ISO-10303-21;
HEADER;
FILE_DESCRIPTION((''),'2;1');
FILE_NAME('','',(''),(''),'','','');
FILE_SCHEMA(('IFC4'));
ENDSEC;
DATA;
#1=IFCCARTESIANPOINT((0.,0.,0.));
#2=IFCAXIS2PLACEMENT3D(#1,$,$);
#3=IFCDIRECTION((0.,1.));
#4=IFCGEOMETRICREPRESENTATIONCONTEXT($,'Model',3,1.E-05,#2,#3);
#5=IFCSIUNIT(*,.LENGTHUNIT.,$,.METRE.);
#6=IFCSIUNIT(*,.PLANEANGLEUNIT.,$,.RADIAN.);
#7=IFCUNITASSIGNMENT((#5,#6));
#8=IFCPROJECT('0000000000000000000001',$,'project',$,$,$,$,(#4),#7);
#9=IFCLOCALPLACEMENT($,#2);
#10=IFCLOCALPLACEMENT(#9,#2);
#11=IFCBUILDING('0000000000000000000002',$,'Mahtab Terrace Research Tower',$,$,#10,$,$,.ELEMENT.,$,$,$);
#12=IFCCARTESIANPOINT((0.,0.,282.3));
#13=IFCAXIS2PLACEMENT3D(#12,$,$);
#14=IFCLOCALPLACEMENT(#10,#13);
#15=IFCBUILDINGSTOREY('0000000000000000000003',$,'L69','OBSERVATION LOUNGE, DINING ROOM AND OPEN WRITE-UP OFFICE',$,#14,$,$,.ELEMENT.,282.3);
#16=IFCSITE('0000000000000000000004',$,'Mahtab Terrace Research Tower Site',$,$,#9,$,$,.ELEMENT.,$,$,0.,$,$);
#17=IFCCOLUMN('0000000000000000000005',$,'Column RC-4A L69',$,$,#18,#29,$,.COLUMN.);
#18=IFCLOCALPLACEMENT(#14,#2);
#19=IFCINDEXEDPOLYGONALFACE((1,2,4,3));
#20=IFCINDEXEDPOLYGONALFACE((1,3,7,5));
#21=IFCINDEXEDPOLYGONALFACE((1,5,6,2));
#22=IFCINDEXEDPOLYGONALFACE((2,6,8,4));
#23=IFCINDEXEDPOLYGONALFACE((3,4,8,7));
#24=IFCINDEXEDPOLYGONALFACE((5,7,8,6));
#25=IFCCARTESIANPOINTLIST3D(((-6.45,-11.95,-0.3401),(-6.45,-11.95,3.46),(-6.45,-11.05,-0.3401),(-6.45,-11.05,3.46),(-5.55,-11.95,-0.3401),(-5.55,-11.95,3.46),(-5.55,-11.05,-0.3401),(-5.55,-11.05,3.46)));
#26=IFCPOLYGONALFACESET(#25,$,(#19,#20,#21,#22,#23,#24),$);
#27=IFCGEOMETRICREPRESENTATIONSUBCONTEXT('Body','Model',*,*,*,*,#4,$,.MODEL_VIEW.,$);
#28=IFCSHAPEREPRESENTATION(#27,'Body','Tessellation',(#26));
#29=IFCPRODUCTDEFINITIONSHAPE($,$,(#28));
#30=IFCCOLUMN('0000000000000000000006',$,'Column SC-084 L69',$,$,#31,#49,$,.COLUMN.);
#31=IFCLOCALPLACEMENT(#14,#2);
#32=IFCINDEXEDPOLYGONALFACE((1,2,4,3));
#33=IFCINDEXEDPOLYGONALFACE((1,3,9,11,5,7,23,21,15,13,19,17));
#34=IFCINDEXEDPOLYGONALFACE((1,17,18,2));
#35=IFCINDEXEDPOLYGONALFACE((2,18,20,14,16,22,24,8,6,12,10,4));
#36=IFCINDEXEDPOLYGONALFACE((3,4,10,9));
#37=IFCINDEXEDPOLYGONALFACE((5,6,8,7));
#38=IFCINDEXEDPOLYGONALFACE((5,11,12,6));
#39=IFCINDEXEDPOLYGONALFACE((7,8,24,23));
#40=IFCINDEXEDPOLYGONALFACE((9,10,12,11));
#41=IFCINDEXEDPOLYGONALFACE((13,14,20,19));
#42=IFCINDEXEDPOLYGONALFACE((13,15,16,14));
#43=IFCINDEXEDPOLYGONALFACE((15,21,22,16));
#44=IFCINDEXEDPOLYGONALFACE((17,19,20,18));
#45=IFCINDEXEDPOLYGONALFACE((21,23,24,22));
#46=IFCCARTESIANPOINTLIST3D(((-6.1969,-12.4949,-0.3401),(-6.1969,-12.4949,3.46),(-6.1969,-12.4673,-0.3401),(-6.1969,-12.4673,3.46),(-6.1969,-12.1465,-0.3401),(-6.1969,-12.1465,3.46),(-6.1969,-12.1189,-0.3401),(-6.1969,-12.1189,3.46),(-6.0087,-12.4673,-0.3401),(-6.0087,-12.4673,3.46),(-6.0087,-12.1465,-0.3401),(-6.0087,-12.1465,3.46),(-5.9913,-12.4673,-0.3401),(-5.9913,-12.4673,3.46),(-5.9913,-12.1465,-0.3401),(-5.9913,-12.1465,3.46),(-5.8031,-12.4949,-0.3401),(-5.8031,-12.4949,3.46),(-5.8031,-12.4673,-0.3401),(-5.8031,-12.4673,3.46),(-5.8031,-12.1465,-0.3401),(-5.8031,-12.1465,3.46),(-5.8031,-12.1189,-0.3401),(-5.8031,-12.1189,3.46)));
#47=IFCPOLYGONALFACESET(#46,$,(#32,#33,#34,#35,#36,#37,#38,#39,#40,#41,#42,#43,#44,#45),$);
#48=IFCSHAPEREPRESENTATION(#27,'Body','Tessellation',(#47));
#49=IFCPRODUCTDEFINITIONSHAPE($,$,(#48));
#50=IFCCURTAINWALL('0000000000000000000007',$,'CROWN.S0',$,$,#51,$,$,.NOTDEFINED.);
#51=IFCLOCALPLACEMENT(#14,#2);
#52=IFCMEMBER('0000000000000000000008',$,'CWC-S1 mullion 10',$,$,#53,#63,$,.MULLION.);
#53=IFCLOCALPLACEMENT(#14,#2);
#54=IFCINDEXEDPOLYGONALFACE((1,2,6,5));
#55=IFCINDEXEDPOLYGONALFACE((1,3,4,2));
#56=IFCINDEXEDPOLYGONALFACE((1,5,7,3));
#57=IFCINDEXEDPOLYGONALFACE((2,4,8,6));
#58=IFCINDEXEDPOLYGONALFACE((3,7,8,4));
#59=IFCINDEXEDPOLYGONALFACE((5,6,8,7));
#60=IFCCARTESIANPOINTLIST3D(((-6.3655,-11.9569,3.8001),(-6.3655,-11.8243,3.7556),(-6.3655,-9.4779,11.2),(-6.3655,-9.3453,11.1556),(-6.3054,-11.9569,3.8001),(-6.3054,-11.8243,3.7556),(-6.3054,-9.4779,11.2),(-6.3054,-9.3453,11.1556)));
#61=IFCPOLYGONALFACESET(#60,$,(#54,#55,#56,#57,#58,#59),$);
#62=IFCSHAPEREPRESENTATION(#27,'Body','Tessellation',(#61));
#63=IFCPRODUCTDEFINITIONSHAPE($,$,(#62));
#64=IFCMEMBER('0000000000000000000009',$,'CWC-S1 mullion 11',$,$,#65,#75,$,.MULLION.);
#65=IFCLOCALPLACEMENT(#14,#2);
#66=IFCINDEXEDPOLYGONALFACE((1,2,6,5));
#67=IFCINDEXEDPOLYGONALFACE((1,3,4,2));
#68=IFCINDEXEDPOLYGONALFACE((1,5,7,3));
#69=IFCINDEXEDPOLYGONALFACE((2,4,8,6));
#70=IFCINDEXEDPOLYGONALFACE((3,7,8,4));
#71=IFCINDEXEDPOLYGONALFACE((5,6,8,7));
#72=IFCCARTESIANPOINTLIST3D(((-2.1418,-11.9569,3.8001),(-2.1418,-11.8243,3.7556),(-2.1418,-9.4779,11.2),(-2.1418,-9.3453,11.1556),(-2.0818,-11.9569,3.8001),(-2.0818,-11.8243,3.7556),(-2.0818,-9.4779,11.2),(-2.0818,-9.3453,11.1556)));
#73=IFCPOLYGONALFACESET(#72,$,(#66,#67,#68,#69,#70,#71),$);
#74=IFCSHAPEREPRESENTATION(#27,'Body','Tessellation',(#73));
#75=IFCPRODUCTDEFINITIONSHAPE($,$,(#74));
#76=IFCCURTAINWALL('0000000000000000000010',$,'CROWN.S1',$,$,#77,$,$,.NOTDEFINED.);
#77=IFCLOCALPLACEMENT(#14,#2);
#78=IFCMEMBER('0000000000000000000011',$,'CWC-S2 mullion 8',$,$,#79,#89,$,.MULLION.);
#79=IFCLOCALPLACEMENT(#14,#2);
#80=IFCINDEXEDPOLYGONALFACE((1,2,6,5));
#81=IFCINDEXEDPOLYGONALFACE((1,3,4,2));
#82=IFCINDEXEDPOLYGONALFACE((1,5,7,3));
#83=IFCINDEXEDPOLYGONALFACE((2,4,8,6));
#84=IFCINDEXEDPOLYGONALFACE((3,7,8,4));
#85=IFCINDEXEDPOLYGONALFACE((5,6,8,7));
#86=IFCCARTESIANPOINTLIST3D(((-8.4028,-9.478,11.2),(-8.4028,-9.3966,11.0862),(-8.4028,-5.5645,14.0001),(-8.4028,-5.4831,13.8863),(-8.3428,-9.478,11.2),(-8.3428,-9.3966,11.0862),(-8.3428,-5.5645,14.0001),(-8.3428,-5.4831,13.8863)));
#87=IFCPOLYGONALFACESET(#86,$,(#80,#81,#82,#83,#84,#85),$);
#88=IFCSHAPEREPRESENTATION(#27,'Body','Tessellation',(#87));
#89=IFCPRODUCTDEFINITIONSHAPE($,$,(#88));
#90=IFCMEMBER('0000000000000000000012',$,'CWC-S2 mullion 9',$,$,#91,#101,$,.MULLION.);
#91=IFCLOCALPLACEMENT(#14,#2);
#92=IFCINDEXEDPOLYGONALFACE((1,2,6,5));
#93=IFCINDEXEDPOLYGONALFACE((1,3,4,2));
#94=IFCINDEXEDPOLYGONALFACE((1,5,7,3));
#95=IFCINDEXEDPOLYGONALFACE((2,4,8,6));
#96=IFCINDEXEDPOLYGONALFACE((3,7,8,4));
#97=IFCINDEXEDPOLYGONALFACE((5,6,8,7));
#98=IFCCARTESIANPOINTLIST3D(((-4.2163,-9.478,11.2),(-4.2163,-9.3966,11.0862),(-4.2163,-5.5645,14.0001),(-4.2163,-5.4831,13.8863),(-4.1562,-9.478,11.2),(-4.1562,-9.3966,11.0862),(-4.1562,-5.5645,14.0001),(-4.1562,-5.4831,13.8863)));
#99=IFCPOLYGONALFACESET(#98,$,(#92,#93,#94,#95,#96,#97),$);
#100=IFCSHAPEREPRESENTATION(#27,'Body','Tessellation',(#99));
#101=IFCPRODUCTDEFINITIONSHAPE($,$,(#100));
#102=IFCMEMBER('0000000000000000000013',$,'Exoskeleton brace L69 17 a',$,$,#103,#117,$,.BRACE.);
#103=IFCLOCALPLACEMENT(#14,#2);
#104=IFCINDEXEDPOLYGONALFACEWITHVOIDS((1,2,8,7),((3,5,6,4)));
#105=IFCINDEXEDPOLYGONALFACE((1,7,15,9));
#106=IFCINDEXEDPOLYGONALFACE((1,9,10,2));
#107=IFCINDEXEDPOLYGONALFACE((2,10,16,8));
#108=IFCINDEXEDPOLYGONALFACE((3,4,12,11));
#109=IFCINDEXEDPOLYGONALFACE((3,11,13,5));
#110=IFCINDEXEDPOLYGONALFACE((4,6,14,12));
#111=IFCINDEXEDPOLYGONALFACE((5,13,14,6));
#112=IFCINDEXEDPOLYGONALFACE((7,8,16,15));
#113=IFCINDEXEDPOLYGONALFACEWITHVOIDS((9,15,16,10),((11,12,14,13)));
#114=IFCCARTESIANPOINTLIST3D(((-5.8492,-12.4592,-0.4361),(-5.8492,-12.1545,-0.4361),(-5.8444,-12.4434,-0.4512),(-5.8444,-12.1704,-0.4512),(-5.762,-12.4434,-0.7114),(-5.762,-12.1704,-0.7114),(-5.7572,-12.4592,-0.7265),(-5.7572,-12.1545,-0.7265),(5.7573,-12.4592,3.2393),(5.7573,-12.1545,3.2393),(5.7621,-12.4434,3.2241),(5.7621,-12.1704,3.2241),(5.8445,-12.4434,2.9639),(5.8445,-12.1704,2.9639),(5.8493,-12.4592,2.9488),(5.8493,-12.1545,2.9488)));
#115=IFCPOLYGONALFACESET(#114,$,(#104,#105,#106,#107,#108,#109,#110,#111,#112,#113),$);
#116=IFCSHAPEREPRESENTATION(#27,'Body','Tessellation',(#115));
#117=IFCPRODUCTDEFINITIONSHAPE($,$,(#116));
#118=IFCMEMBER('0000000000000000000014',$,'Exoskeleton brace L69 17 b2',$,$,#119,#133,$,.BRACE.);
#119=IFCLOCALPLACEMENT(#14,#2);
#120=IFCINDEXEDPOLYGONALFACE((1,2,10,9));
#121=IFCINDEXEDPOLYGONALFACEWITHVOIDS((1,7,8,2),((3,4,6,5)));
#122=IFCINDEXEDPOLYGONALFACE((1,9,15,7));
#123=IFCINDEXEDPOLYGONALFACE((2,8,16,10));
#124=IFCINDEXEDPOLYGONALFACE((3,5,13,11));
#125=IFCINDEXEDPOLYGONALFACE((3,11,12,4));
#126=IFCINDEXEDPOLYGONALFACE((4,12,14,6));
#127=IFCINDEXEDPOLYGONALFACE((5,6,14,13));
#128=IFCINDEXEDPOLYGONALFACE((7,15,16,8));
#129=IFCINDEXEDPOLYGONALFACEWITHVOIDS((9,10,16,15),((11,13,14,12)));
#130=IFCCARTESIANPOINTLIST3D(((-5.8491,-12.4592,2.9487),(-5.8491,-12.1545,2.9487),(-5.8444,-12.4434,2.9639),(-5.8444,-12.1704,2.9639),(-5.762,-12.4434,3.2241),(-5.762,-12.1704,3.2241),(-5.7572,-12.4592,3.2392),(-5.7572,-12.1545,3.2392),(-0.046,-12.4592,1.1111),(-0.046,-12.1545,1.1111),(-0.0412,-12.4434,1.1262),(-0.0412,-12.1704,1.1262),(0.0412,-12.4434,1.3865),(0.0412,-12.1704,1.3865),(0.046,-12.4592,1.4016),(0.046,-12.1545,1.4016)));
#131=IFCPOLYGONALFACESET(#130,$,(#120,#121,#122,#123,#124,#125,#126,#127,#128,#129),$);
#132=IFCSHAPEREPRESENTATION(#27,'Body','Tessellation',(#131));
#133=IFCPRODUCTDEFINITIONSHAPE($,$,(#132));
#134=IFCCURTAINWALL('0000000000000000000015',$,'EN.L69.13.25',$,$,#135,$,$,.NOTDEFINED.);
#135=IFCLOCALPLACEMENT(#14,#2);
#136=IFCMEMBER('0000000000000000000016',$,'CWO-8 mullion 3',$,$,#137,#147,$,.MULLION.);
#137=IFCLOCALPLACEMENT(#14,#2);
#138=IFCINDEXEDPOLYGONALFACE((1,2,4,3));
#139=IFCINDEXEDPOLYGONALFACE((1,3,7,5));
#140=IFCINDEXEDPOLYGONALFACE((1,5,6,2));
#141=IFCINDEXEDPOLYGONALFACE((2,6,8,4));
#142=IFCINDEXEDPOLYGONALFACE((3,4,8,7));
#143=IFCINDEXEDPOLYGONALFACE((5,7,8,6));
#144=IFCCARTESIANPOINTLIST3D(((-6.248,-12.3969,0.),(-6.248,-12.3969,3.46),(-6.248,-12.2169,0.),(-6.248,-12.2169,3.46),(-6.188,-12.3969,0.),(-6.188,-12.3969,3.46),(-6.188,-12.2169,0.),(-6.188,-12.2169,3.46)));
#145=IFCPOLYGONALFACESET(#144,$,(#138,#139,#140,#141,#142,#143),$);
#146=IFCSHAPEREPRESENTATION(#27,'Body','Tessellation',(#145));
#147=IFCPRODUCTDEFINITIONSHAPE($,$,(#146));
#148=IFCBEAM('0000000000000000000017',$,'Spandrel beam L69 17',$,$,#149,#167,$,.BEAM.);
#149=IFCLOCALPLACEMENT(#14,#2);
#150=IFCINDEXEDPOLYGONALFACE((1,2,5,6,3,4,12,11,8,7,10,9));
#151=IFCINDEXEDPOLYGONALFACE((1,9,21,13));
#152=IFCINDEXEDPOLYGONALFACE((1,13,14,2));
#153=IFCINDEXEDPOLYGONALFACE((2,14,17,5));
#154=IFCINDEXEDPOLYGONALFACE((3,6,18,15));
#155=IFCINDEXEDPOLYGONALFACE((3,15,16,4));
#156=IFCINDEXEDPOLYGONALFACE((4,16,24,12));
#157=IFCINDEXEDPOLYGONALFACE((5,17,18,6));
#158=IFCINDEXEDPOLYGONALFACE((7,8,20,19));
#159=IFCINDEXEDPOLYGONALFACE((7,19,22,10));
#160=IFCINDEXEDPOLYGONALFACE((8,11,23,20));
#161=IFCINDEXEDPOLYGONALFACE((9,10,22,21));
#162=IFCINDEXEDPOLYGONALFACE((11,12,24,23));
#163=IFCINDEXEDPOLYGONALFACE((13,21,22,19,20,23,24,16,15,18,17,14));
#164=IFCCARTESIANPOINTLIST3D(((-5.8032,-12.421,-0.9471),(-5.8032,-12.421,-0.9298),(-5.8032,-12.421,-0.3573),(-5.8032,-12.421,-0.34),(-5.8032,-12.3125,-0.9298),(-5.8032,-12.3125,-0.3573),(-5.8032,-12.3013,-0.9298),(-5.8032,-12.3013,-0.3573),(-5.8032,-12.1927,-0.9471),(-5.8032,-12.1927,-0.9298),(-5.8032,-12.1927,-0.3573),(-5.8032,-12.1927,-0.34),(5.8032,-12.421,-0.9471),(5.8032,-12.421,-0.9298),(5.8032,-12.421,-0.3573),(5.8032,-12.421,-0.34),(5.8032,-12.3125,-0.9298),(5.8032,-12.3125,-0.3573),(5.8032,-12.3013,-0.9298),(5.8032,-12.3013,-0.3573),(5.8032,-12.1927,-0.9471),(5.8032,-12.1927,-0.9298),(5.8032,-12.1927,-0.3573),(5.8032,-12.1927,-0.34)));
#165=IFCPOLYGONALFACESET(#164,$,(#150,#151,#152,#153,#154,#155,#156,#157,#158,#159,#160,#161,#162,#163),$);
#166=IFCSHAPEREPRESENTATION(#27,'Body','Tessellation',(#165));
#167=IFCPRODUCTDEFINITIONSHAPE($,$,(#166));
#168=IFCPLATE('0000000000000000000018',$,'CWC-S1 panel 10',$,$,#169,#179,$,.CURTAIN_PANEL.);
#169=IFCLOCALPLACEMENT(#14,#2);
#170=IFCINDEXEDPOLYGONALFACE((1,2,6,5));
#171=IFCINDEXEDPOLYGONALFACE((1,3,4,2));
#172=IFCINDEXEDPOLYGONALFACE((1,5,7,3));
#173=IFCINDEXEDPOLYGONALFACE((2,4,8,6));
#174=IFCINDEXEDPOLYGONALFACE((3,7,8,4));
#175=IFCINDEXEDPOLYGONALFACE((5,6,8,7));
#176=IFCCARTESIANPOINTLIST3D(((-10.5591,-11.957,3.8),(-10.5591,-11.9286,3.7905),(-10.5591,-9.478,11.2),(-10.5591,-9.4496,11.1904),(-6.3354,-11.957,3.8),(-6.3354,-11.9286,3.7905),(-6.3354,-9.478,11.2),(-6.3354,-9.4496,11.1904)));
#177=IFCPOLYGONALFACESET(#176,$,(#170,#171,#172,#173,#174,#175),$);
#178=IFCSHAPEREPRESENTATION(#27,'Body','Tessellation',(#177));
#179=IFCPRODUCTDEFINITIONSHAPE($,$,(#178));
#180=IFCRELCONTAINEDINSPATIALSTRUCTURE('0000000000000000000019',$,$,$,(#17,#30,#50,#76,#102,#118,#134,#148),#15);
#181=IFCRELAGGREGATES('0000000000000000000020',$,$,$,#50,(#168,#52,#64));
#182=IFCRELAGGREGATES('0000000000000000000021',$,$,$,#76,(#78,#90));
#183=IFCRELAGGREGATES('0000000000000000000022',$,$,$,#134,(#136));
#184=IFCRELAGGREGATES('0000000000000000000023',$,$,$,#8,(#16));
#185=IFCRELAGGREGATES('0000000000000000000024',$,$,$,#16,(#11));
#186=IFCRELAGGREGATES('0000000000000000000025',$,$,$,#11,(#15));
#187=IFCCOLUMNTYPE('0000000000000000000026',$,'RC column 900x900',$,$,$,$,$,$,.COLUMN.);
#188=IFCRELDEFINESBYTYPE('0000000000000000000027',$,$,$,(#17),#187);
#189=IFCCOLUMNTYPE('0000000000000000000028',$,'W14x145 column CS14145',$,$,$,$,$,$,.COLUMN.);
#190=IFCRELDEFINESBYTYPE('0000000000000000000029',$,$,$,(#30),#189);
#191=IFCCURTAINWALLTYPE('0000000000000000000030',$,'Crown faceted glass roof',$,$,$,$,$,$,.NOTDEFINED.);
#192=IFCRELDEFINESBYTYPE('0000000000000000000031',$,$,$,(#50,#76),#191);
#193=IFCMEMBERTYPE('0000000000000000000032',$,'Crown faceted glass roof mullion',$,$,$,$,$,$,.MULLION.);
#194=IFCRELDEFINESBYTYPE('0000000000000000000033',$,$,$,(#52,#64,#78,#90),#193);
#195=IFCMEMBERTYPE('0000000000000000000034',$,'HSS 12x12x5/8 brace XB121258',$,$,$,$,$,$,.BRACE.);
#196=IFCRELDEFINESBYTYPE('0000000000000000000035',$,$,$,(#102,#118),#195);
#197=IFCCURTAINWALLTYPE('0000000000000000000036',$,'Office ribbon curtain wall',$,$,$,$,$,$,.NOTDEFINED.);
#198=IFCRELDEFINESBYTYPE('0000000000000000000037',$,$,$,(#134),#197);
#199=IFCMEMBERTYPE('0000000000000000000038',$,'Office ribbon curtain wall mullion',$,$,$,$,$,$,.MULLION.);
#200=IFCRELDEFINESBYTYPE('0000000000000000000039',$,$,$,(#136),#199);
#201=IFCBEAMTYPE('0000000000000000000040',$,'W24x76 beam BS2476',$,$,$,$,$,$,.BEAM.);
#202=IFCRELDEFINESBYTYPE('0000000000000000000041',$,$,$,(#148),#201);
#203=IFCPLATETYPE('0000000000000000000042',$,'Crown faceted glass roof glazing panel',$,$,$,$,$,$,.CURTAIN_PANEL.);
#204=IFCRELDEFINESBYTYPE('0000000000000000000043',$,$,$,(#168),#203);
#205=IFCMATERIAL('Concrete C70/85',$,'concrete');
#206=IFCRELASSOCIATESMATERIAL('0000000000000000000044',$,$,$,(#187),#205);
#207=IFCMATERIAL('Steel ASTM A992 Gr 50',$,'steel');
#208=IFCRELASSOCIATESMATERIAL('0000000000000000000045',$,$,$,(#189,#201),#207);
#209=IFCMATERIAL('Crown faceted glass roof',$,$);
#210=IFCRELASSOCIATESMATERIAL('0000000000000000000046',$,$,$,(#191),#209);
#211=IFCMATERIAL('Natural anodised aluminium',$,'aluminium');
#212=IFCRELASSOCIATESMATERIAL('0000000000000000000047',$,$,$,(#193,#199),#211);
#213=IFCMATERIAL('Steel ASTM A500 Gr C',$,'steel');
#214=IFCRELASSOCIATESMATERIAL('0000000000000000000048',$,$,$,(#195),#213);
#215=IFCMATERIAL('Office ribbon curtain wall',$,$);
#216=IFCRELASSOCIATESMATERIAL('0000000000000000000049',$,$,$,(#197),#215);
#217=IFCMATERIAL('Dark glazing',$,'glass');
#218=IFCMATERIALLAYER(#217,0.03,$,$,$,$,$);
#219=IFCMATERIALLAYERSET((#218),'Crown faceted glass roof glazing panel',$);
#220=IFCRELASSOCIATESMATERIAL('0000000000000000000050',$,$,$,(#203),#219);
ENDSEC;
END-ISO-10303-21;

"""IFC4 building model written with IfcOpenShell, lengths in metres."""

from ifc_helpers import new_model, si_unit, direction, frame, origin, origin_2d, place, context, subcontext, project, spatial, polyline, rectangle, hollow_rectangle, i_section, outline, extrude, material, layer, layer_set, material_profile, profile_set, type_object, element, aggregate, save


model = new_model("IFC4")

# Units and contexts
model_context = context("Model", 3, precision=1e-05, world=origin(), true_north=direction((0.0, 1.0)))
body_context = subcontext(model_context, "Body", "Model", "MODEL_VIEW")
ifc_project = project(units=[si_unit("LENGTHUNIT", "METRE"), si_unit("PLANEANGLEUNIT", "RADIAN")], contexts=[model_context])

# Site, building, storey
site_placement = place(None, origin())
site = spatial("IfcSite", under=ifc_project, at=site_placement, Name="Mahtab Terrace Research Tower Site", CompositionType="ELEMENT", RefElevation=0.0)
building_placement = place(site_placement, origin())
building = spatial("IfcBuilding", under=site, at=building_placement, Name="Mahtab Terrace Research Tower", CompositionType="ELEMENT")
storey_placement = place(building_placement, frame((0.0, 0.0, 282.3)))
storey = spatial("IfcBuildingStorey", under=building, at=storey_placement, Name="L69", Description="OBSERVATION LOUNGE, DINING ROOM AND OPEN WRITE-UP OFFICE", CompositionType="ELEMENT", Elevation=282.3)

# Columns
ifc_material_1 = material(Name="Concrete C70/85", Category="concrete")
ifc_material_profile_1 = material_profile(ifc_material_1, rectangle(XDim=0.8999, YDim=0.8999, at=origin_2d()), Name="RC column 900x900")
ifc_profile_set_1 = profile_set([ifc_material_profile_1], Name="Concrete C70/85")
column_type_1 = type_object("IfcColumnType", Name="RC column 900x900", PredefinedType="COLUMN", material=ifc_profile_set_1)
column_1_placement = place(storey_placement, frame((-6.0, -11.5, -0.3401), z_axis=(0.0, 0.0, 1.0), x_axis=(1.0, 0.0, 0.0)))
element("IfcColumn", 1, at=column_1_placement, inside=storey, type_object=column_type_1, Name="Column RC-4A L69", PredefinedType="COLUMN", context=body_context, shape_type="SweptSolid", body=[
    extrude(rectangle(XDim=0.8999, YDim=0.8999, at=origin_2d()), origin(), (0.0, 0.0, 1.0), 3.8),
])
ifc_material_2 = material(Name="Steel ASTM A992 Gr 50", Category="steel")
ifc_material_profile_2 = material_profile(ifc_material_2, i_section(OverallWidth=0.3938, OverallDepth=0.376, WebThickness=0.0173, FlangeThickness=0.0276, at=origin_2d()), Name="W14X145")
ifc_profile_set_2 = profile_set([ifc_material_profile_2], Name="Steel ASTM A992 Gr 50")
column_type_2 = type_object("IfcColumnType", Name="W14x145 column CS14145", PredefinedType="COLUMN", material=ifc_profile_set_2)
column_2_placement = place(storey_placement, frame((-6.0, -12.3069, -0.3401), z_axis=(0.0, 0.0, 1.0), x_axis=(1.0, 0.0, 0.0)))
element("IfcColumn", 2, at=column_2_placement, inside=storey, type_object=column_type_2, Name="Column SC-084 L69", PredefinedType="COLUMN", context=body_context, shape_type="SweptSolid", body=[
    extrude(i_section(OverallWidth=0.3938, OverallDepth=0.376, WebThickness=0.0173, FlangeThickness=0.0276, at=origin_2d()), origin(), (0.0, 0.0, 1.0), 3.8),
])

# Curtain walls, members
ifc_material_3 = material(Name="Crown faceted glass roof")
curtain_wall_type_1 = type_object("IfcCurtainWallType", Name="Crown faceted glass roof", PredefinedType="NOTDEFINED", material=ifc_material_3)
curtain_wall_1_placement = place(storey_placement, origin())
curtain_wall_1 = element("IfcCurtainWall", 3, at=curtain_wall_1_placement, inside=storey, type_object=curtain_wall_type_1, Name="CROWN.S0", PredefinedType="NOTDEFINED")
ifc_material_4 = material(Name="Natural anodised aluminium", Category="aluminium")
ifc_material_profile_3 = material_profile(ifc_material_4, rectangle(XDim=0.0601, YDim=0.1399, at=origin_2d()), Name="MULLION 60x140")
ifc_profile_set_3 = profile_set([ifc_material_profile_3], Name="Natural anodised aluminium")
member_type_1 = type_object("IfcMemberType", Name="Crown faceted glass roof mullion", PredefinedType="MULLION", material=ifc_profile_set_3)
member_1_placement = place(storey_placement, frame((-6.3354, -11.8906, 3.7778), z_axis=(0.0, 0.317654, 0.948207), x_axis=(-1.0, 0.0, 0.0)))
member_1 = element("IfcMember", 4, at=member_1_placement, type_object=member_type_1, Name="CWC-S1 mullion 10", PredefinedType="MULLION", context=body_context, shape_type="SweptSolid", body=[
    extrude(rectangle(XDim=0.0601, YDim=0.1399, at=origin_2d()), origin(), (0.0, 0.0, 1.0), 7.8042),
])
member_2_placement = place(storey_placement, frame((-2.1118, -11.8906, 3.7778), z_axis=(0.0, 0.317654, 0.948207), x_axis=(-1.0, 0.0, 0.0)))
member_2 = element("IfcMember", 5, at=member_2_placement, type_object=member_type_1, Name="CWC-S1 mullion 11", PredefinedType="MULLION", context=body_context, shape_type="SweptSolid", body=[
    extrude(rectangle(XDim=0.0601, YDim=0.1399, at=origin_2d()), origin(), (0.0, 0.0, 1.0), 7.8042),
])
curtain_wall_2_placement = place(storey_placement, origin())
curtain_wall_2 = element("IfcCurtainWall", 6, at=curtain_wall_2_placement, inside=storey, type_object=curtain_wall_type_1, Name="CROWN.S1", PredefinedType="NOTDEFINED")
member_3_placement = place(storey_placement, frame((-8.3728, -9.4373, 11.1431), z_axis=(0.0, 0.81326, 0.5819), x_axis=(-1.0, 0.0, 0.0)))
member_3 = element("IfcMember", 7, at=member_3_placement, type_object=member_type_1, Name="CWC-S2 mullion 8", PredefinedType="MULLION", context=body_context, shape_type="SweptSolid", body=[
    extrude(rectangle(XDim=0.0601, YDim=0.1399, at=origin_2d()), origin(), (0.0, 0.0, 1.0), 4.812),
])
member_4_placement = place(storey_placement, frame((-4.1863, -9.4373, 11.1431), z_axis=(0.0, 0.81326, 0.5819), x_axis=(-1.0, 0.0, 0.0)))
member_4 = element("IfcMember", 8, at=member_4_placement, type_object=member_type_1, Name="CWC-S2 mullion 9", PredefinedType="MULLION", context=body_context, shape_type="SweptSolid", body=[
    extrude(rectangle(XDim=0.0601, YDim=0.1399, at=origin_2d()), origin(), (0.0, 0.0, 1.0), 4.812),
])

# Members
ifc_material_5 = material(Name="Steel ASTM A500 Gr C", Category="steel")
ifc_material_profile_4 = material_profile(ifc_material_5, hollow_rectangle(XDim=0.3047, YDim=0.3047, WallThickness=0.0159, at=origin_2d()), Name="HSS12X12X5/8")
ifc_profile_set_4 = profile_set([ifc_material_profile_4], Name="Steel ASTM A500 Gr C")
member_type_2 = type_object("IfcMemberType", Name="HSS 12x12x5/8 brace XB121258", PredefinedType="BRACE", material=ifc_profile_set_4)
member_5_placement = place(storey_placement, frame((-5.8032, -12.3069, -0.5813), z_axis=(0.953344, 0.0, 0.301886), x_axis=(0.0, 1.0, 0.0)))
element("IfcMember", 9, at=member_5_placement, inside=storey, type_object=member_type_2, Name="Exoskeleton brace L69 17 a", PredefinedType="BRACE", context=body_context, shape_type="SweptSolid", body=[
    extrude(hollow_rectangle(XDim=0.3047, YDim=0.3047, WallThickness=0.0159, at=origin_2d()), origin(), (0.0, 0.0, 1.0), 12.1746),
])
member_6_placement = place(storey_placement, frame((0.0, -12.3069, 1.2563), z_axis=(-0.953344, 0.0, 0.301886), x_axis=(0.0, -1.0, 0.0)))
element("IfcMember", 10, at=member_6_placement, inside=storey, type_object=member_type_2, Name="Exoskeleton brace L69 17 b2", PredefinedType="BRACE", context=body_context, shape_type="SweptSolid", body=[
    extrude(hollow_rectangle(XDim=0.3047, YDim=0.3047, WallThickness=0.0159, at=origin_2d()), origin(), (0.0, 0.0, 1.0), 6.0872),
])

# Curtain wall, member
ifc_material_6 = material(Name="Office ribbon curtain wall")
curtain_wall_type_2 = type_object("IfcCurtainWallType", Name="Office ribbon curtain wall", PredefinedType="NOTDEFINED", material=ifc_material_6)
curtain_wall_3_placement = place(storey_placement, origin())
curtain_wall_3 = element("IfcCurtainWall", 11, at=curtain_wall_3_placement, inside=storey, type_object=curtain_wall_type_2, Name="EN.L69.13.25", PredefinedType="NOTDEFINED")
ifc_material_profile_5 = material_profile(ifc_material_4, rectangle(XDim=0.1799, YDim=0.0601, at=origin_2d()), Name="MULLION 60x180")
ifc_profile_set_5 = profile_set([ifc_material_profile_5], Name="Natural anodised aluminium")
member_type_3 = type_object("IfcMemberType", Name="Office ribbon curtain wall mullion", PredefinedType="MULLION", material=ifc_profile_set_5)
member_7_placement = place(storey_placement, frame((-6.218, -12.3069, 0.0), z_axis=(0.0, 0.0, 1.0), x_axis=(0.0, 1.0, 0.0)))
member_7 = element("IfcMember", 12, at=member_7_placement, type_object=member_type_3, Name="CWO-8 mullion 3", PredefinedType="MULLION", context=body_context, shape_type="SweptSolid", body=[
    extrude(rectangle(XDim=0.1799, YDim=0.0601, at=origin_2d()), origin(), (0.0, 0.0, 1.0), 3.46),
])

# Beam
ifc_material_profile_6 = material_profile(ifc_material_2, i_section(OverallWidth=0.2283, OverallDepth=0.6072, WebThickness=0.0112, FlangeThickness=0.0173, at=origin_2d()), Name="W24X76")
ifc_profile_set_6 = profile_set([ifc_material_profile_6], Name="Steel ASTM A992 Gr 50")
beam_type = type_object("IfcBeamType", Name="W24x76 beam BS2476", PredefinedType="BEAM", material=ifc_profile_set_6)
beam_placement = place(storey_placement, frame((-5.8032, -12.3069, -0.6436), z_axis=(1.0, 0.0, 0.0), x_axis=(0.0, 1.0, 0.0)))
element("IfcBeam", 13, at=beam_placement, inside=storey, type_object=beam_type, Name="Spandrel beam L69 17", PredefinedType="BEAM", context=body_context, shape_type="SweptSolid", body=[
    extrude(i_section(OverallWidth=0.2283, OverallDepth=0.6072, WebThickness=0.0112, FlangeThickness=0.0173, at=origin_2d()), origin(), (0.0, 0.0, 1.0), 11.6064),
])

# Plate
ifc_material_7 = material(Name="Dark glazing", Category="glass")
ifc_layer_1 = layer(ifc_material_7, 0.03)
ifc_layer_set_1 = layer_set([ifc_layer_1], Name="Crown faceted glass roof glazing panel")
plate_type_1 = type_object("IfcPlateType", Name="Crown faceted glass roof glazing panel", PredefinedType="CURTAIN_PANEL", material=ifc_layer_set_1)
plate_1_placement = place(storey_placement, frame((-6.3354, -11.957, 3.8), z_axis=(0.0, -0.948207, 0.317654), x_axis=(0.0, 0.317654, 0.948207)))
plate_1 = element("IfcPlate", 14, at=plate_1_placement, type_object=plate_type_1, Name="CWC-S1 panel 10", PredefinedType="CURTAIN_PANEL", context=body_context, shape_type="SweptSolid", body=[
    extrude(outline(polyline([(0.0, 0.0), (7.8041, 0.0), (7.8041, 4.2236), (0.0, 4.2236), (0.0, 0.0)])), origin(), (0.0, 0.0, -1.0), 0.03),
])
aggregate(curtain_wall_1, [plate_1, member_1, member_2])
aggregate(curtain_wall_2, [member_3, member_4])
aggregate(curtain_wall_3, [member_7])

save(model, "model.ifc")
